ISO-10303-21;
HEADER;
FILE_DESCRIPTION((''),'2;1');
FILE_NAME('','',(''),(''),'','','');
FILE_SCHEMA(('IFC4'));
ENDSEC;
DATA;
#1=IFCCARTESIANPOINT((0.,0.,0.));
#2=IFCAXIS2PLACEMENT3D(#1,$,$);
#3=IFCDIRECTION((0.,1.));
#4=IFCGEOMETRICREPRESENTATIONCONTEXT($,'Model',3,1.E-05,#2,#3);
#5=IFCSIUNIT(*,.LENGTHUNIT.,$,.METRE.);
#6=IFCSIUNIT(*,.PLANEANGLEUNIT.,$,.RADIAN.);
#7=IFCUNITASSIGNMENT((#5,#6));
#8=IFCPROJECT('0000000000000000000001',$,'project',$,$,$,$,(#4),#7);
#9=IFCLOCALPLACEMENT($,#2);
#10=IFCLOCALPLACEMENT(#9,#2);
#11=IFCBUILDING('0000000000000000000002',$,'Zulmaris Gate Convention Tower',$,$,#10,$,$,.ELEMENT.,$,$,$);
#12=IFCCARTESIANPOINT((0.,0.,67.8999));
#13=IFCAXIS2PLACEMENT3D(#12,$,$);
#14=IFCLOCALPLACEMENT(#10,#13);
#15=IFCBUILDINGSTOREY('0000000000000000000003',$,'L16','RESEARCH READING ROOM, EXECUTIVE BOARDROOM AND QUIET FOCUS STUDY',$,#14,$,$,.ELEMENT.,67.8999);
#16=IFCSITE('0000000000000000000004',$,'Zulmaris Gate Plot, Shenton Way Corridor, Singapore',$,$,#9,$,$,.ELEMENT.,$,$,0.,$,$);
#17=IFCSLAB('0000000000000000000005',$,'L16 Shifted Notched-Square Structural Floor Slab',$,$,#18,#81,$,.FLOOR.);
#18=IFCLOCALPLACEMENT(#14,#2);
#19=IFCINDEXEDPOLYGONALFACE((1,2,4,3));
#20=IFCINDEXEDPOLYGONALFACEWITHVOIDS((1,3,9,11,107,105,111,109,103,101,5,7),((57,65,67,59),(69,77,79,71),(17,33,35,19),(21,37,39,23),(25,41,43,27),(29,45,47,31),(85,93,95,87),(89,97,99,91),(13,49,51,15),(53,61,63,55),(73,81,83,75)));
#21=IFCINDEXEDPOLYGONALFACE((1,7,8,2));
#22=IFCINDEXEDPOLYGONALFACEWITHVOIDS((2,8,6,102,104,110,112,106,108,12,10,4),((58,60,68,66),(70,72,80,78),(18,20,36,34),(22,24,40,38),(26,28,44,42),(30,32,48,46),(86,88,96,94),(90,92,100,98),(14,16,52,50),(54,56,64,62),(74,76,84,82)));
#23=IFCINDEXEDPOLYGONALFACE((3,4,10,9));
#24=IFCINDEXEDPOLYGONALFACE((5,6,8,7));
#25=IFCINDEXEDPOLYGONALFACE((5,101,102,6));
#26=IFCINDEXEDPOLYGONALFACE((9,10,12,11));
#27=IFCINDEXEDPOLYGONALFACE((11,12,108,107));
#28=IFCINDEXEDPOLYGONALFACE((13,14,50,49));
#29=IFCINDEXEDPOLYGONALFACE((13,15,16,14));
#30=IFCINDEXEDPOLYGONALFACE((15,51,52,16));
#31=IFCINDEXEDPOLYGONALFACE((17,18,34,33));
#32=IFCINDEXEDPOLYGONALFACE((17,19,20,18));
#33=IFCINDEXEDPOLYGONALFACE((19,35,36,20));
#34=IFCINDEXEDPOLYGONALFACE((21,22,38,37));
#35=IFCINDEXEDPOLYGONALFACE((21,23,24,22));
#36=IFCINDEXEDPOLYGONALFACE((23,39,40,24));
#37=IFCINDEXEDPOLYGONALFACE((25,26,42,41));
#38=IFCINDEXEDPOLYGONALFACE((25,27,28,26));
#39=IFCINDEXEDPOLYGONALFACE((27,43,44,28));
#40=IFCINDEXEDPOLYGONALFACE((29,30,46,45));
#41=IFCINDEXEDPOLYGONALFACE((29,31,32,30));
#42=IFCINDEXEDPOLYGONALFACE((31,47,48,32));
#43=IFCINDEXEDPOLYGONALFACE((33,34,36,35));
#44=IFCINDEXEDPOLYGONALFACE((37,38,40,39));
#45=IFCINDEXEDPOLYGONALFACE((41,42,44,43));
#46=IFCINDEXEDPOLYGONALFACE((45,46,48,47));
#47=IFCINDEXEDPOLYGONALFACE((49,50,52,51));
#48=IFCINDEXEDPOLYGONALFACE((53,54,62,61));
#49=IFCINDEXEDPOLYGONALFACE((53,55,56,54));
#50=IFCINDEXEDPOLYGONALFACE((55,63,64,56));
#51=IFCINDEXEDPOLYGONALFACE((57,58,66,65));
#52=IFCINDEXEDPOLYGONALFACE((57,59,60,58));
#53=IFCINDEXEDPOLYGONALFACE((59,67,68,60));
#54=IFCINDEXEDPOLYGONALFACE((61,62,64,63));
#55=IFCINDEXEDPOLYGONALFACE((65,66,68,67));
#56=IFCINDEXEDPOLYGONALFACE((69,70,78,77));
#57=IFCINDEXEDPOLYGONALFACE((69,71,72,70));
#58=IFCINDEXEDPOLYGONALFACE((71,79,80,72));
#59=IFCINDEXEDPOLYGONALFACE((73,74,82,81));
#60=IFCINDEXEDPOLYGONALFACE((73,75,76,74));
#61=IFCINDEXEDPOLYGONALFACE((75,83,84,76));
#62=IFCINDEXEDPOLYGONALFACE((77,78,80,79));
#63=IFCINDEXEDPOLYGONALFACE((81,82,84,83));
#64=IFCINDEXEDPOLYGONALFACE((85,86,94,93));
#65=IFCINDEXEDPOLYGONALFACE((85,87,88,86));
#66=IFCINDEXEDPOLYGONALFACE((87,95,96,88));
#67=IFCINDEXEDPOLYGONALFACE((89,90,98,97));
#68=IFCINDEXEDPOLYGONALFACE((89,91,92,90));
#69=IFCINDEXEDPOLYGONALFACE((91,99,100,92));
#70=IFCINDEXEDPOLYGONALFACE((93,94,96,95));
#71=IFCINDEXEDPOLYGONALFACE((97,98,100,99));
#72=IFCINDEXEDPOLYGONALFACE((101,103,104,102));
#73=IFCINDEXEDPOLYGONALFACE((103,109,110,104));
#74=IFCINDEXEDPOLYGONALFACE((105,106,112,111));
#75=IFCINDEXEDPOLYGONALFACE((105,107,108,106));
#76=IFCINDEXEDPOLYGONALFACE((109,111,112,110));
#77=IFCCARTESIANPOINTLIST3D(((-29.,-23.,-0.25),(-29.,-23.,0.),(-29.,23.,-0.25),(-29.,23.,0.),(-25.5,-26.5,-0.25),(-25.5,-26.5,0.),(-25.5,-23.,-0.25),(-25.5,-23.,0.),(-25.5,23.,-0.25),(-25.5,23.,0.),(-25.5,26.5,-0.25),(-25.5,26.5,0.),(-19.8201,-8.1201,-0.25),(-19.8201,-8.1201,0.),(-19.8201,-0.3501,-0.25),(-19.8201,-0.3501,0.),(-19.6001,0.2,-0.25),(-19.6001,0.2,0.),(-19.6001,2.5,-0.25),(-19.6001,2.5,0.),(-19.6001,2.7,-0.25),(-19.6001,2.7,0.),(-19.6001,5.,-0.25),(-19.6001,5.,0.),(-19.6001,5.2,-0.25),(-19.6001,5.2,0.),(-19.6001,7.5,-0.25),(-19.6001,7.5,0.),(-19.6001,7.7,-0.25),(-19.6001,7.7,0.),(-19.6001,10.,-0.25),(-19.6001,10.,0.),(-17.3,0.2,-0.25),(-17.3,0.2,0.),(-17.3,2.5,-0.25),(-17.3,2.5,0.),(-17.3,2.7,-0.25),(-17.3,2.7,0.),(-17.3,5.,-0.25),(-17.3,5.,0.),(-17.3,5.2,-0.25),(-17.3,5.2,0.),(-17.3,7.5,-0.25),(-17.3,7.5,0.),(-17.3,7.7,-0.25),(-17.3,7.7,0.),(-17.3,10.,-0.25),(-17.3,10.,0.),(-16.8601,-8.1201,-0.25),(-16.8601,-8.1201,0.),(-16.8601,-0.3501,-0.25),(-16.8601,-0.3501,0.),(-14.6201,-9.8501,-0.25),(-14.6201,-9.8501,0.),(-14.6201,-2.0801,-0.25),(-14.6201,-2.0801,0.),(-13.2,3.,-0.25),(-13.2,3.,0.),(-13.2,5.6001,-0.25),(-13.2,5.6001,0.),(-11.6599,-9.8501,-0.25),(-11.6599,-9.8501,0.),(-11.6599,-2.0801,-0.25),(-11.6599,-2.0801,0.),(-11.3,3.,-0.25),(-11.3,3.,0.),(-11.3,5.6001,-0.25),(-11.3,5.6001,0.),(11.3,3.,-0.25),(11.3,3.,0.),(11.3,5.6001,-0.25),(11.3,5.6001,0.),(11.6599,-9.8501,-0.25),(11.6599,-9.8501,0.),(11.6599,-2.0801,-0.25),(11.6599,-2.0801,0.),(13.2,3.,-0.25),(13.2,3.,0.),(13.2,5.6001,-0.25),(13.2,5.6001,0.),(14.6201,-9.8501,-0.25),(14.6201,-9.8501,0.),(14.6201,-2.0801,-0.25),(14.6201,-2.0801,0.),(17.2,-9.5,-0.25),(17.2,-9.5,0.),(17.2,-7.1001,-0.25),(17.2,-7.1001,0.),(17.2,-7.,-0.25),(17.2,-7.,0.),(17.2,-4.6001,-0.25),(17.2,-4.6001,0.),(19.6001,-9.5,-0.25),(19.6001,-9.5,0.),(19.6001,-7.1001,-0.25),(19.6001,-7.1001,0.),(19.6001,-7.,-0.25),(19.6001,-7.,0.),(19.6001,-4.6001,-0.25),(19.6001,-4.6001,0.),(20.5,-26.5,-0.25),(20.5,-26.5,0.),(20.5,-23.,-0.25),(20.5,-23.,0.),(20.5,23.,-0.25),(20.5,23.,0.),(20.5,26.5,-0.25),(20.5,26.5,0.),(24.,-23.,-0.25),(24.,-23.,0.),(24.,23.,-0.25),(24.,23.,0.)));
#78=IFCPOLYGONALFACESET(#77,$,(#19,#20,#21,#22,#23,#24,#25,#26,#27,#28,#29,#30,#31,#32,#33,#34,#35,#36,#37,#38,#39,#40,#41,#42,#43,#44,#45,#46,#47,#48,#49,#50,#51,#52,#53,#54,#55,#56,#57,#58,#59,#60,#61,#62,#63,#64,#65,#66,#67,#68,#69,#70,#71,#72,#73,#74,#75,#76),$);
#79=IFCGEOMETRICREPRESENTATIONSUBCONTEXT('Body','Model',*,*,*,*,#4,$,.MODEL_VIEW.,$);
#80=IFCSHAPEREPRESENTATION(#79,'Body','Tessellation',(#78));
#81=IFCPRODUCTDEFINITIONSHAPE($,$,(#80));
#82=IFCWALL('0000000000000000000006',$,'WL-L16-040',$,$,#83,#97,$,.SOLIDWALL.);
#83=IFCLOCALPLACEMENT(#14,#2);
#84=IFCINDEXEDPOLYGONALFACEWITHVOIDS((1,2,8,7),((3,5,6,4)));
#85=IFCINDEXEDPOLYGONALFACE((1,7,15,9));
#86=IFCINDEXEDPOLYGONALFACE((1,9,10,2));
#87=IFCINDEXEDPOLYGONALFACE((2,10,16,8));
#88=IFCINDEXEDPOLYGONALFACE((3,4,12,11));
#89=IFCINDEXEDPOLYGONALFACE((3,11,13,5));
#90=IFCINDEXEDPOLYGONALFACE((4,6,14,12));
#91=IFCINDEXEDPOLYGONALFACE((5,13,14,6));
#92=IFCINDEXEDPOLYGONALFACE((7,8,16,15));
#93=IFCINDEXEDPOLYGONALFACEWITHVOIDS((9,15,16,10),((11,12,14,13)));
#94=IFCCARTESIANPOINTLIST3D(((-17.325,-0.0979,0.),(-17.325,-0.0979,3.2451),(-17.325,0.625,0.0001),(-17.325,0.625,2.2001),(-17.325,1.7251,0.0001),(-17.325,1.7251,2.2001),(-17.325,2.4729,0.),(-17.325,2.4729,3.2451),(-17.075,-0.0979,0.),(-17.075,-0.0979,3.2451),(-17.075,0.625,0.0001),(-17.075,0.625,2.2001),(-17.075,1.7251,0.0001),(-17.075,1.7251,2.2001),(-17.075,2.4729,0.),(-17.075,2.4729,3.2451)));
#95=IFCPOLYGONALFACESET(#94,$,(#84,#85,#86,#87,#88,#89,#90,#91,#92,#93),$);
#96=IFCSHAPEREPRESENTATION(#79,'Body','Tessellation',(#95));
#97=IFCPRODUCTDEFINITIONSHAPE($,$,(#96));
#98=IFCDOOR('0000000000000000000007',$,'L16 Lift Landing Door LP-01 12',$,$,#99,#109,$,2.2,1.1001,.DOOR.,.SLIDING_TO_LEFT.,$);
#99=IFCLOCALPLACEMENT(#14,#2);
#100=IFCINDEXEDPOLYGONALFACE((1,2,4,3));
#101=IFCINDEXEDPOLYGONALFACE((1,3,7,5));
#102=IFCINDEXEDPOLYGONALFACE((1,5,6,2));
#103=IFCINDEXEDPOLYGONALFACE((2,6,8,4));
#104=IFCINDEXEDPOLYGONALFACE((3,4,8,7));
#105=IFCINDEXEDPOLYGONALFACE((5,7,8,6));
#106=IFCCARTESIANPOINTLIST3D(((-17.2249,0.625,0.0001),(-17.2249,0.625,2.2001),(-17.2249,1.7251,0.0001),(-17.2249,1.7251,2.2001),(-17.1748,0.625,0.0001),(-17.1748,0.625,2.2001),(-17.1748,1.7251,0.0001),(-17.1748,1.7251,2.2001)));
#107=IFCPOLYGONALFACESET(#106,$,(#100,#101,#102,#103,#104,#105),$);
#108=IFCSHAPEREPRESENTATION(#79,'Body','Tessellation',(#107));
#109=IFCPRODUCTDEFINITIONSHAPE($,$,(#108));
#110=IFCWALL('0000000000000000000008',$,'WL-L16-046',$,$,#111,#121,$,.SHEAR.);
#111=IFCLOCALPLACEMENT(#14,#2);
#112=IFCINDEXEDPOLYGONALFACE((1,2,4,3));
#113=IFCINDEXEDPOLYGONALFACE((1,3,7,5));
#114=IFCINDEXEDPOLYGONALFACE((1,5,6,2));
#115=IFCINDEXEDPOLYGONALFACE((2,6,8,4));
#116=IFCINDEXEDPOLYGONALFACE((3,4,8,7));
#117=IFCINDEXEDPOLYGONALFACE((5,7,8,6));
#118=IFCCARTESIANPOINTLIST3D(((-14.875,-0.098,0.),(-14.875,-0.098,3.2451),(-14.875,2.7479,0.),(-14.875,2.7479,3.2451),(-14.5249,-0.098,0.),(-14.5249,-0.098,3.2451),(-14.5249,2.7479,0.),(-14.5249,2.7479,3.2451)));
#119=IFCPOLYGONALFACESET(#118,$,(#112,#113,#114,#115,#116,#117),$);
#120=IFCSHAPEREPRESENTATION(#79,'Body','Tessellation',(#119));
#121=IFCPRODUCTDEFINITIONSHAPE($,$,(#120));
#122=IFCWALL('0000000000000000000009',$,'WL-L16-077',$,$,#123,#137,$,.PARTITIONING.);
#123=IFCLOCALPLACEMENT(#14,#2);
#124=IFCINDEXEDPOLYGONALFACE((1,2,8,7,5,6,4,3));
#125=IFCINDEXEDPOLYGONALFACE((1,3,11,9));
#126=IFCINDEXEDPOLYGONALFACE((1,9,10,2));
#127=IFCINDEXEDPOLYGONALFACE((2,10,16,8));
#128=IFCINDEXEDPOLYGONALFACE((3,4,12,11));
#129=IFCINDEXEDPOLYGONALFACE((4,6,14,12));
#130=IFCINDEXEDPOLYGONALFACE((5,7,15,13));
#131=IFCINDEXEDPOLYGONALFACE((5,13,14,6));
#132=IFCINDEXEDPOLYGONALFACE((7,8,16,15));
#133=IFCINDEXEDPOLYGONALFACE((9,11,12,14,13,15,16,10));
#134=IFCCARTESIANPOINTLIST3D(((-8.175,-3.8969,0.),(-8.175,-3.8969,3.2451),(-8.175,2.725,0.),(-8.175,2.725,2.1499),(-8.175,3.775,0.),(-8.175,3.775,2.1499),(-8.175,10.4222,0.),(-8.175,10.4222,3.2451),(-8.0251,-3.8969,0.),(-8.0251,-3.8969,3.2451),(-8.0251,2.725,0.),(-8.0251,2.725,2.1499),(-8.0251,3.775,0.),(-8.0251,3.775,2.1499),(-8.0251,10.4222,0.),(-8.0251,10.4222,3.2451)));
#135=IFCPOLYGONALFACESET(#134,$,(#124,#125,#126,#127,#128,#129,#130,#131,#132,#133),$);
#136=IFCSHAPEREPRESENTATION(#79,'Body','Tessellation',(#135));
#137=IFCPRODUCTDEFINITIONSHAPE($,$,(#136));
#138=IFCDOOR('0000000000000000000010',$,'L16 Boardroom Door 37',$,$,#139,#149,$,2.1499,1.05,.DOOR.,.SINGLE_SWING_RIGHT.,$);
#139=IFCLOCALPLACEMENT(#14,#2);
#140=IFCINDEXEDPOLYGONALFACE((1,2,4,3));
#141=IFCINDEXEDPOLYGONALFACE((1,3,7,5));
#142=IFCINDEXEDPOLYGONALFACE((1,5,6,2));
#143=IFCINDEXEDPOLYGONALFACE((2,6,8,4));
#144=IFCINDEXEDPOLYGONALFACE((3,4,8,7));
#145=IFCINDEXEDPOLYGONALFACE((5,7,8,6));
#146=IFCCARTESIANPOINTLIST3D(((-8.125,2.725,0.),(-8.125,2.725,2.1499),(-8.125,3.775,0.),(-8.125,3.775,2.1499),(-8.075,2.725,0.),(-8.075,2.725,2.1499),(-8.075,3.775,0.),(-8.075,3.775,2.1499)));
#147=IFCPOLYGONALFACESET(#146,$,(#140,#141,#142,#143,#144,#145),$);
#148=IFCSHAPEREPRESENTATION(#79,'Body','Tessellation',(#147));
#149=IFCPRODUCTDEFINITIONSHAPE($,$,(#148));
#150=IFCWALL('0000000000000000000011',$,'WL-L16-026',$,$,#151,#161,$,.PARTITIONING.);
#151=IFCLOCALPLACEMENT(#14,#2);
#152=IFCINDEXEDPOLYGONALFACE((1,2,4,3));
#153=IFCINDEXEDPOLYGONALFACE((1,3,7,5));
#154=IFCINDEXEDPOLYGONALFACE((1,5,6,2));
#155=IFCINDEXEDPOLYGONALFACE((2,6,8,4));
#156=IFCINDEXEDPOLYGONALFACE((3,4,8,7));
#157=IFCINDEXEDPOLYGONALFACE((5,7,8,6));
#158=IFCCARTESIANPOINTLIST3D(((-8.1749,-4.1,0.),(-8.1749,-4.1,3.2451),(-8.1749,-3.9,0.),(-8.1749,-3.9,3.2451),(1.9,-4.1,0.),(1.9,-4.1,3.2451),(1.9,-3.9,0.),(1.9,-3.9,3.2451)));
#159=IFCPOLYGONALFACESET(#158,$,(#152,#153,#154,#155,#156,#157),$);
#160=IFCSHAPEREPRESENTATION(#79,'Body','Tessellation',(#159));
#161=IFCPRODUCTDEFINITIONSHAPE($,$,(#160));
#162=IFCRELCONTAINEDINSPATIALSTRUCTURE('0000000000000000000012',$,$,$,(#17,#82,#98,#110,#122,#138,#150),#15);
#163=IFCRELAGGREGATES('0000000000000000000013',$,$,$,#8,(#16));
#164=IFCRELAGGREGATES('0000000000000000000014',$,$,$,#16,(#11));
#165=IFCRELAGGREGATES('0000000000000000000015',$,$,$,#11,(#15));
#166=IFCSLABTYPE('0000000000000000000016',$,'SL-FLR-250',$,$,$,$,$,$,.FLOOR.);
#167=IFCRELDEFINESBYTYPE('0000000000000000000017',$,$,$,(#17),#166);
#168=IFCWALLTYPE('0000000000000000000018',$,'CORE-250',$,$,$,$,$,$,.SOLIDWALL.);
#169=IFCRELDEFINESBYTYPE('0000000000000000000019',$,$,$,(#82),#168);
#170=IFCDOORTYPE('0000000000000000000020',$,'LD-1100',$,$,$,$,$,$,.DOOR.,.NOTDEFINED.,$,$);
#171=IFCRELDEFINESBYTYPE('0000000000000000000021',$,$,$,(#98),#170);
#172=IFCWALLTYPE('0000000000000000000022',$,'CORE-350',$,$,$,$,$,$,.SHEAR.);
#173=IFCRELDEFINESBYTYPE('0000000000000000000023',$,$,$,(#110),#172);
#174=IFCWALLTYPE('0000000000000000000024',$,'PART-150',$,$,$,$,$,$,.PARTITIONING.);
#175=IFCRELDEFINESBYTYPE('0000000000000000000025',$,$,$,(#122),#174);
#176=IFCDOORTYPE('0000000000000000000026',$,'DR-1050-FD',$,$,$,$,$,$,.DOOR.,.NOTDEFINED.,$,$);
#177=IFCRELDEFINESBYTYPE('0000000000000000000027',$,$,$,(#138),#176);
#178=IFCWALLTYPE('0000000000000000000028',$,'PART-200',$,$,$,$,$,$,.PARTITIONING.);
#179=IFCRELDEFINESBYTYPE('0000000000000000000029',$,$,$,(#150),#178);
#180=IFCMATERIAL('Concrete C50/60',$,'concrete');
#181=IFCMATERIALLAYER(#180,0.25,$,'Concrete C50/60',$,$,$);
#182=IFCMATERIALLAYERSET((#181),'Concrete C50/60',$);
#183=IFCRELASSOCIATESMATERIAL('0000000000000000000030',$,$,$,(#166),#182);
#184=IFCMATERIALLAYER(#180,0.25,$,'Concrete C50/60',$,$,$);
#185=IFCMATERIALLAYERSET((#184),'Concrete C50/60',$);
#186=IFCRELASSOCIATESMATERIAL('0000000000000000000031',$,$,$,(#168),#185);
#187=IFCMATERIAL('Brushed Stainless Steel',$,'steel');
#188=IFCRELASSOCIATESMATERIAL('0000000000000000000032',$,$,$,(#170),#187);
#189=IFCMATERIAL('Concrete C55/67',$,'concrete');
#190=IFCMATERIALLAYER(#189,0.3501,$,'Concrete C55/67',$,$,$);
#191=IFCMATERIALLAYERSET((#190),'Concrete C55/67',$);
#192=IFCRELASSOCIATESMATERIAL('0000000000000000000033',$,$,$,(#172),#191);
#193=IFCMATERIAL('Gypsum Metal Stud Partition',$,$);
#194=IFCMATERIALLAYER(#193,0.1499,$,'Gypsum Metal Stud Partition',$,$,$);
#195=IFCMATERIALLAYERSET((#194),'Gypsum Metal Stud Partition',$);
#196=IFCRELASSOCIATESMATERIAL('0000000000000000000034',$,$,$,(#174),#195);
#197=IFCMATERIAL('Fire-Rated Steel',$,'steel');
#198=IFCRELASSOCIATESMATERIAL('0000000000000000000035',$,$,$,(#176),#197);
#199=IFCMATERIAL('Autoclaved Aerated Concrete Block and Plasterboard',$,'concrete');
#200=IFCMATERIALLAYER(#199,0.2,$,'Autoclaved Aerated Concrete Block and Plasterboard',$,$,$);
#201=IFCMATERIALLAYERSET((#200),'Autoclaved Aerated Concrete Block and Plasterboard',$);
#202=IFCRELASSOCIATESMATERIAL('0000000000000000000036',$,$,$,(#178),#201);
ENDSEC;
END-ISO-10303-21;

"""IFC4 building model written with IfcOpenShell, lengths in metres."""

from ifc_helpers import new_model, si_unit, direction, frame, frame_2d, origin, place, context, subcontext, project, spatial, polyline, rectangle, outline, extrude, material, layer, layer_set, type_object, element, fill, save


model = new_model("IFC4")

# Units and contexts
model_context = context("Model", 3, precision=1e-05, world=origin(), true_north=direction((0.0, 1.0)))
body_context = subcontext(model_context, "Body", "Model", "MODEL_VIEW")
ifc_project = project(units=[si_unit("LENGTHUNIT", "METRE"), si_unit("PLANEANGLEUNIT", "RADIAN")], contexts=[model_context])

# Site, building, storey
site_placement = place(None, origin())
site = spatial("IfcSite", under=ifc_project, at=site_placement, Name="Zulmaris Gate Plot, Shenton Way Corridor, Singapore", CompositionType="ELEMENT", RefElevation=0.0)
building_placement = place(site_placement, origin())
building = spatial("IfcBuilding", under=site, at=building_placement, Name="Zulmaris Gate Convention Tower", CompositionType="ELEMENT")
storey_placement = place(building_placement, frame((0.0, 0.0, 67.8999)))
storey = spatial("IfcBuildingStorey", under=building, at=storey_placement, Name="L16", Description="RESEARCH READING ROOM, EXECUTIVE BOARDROOM AND QUIET FOCUS STUDY", CompositionType="ELEMENT", Elevation=67.8999)

# Slab
ifc_material_1 = material(Name="Concrete C50/60", Category="concrete")
ifc_layer_1 = layer(ifc_material_1, 0.25, Name="Concrete C50/60")
ifc_layer_set_1 = layer_set([ifc_layer_1], Name="Concrete C50/60")
slab_type_1 = type_object("IfcSlabType", Name="SL-FLR-250", PredefinedType="FLOOR", material=ifc_layer_set_1)
slab_1_placement = place(storey_placement, frame((0.0, 0.0, -0.25)))
element("IfcSlab", 1, at=slab_1_placement, inside=storey, type_object=slab_type_1, Name="L16 Shifted Notched-Square Structural Floor Slab", PredefinedType="FLOOR", context=body_context, shape_type="SweptSolid", body=[
    extrude(outline(polyline([(-25.5, -26.5), (20.5, -26.5), (20.5, -23.0), (24.0, -23.0), (24.0, 23.0), (20.5, 23.0), (20.5, 26.5), (-25.5, 26.5), (-25.5, 23.0), (-29.0, 23.0), (-29.0, -23.0), (-25.5, -23.0), (-25.5, -26.5)]), holes=[polyline([(-14.6201, -2.0801), (-14.6201, -9.8501), (-11.6599, -9.8501), (-11.6599, -2.0801), (-14.6201, -2.0801)]), polyline([(11.6599, -2.0801), (11.6599, -9.8501), (14.6201, -9.8501), (14.6201, -2.0801), (11.6599, -2.0801)]), polyline([(-16.8601, -8.1201), (-16.8601, -0.3501), (-19.8201, -0.3501), (-19.8201, -8.1201), (-16.8601, -8.1201)]), polyline([(-13.2, 3.0), (-11.3, 3.0), (-11.3, 5.6001), (-13.2, 5.6001), (-13.2, 3.0)]), polyline([(11.3, 3.0), (13.2, 3.0), (13.2, 5.6001), (11.3, 5.6001), (11.3, 3.0)]), polyline([(-19.6001, 0.2), (-17.3, 0.2), (-17.3, 2.5), (-19.6001, 2.5), (-19.6001, 0.2)]), polyline([(-19.6001, 2.7), (-17.3, 2.7), (-17.3, 5.0), (-19.6001, 5.0), (-19.6001, 2.7)]), polyline([(-19.6001, 5.2), (-17.3, 5.2), (-17.3, 7.5), (-19.6001, 7.5), (-19.6001, 5.2)]), polyline([(-19.6001, 7.7), (-17.3, 7.7), (-17.3, 10.0), (-19.6001, 10.0), (-19.6001, 7.7)]), polyline([(17.2, -9.5), (19.6001, -9.5), (19.6001, -7.1001), (17.2, -7.1001), (17.2, -9.5)]), polyline([(17.2, -7.0), (19.6001, -7.0), (19.6001, -4.6001), (17.2, -4.6001), (17.2, -7.0)])]), origin(), (0.0, 0.0, 1.0), 0.25),
])

# Wall, opening, door
ifc_layer_2 = layer(ifc_material_1, 0.25, Name="Concrete C50/60")
ifc_layer_set_2 = layer_set([ifc_layer_2], Name="Concrete C50/60")
wall_type_1 = type_object("IfcWallType", Name="CORE-250", PredefinedType="SOLIDWALL", material=ifc_layer_set_2)
wall_1_placement = place(storey_placement, frame((-17.2, -0.0979, 0.0), z_axis=(0.0, 0.0, 1.0), x_axis=(0.0, 1.0, 0.0)))
wall_1 = element("IfcWall", 2, at=wall_1_placement, inside=storey, type_object=wall_type_1, Name="WL-L16-040", PredefinedType="SOLIDWALL", context=body_context, shape_type="SweptSolid", body=[
    extrude(rectangle(XDim=2.5708, YDim=0.25, at=frame_2d((1.2854, 0.0))), origin(), (0.0, 0.0, 1.0), 3.2451),
])
opening_1_placement = place(wall_1_placement, frame((0.7229, 0.0, 0.0)))
opening_1 = element("IfcOpeningElement", 3, at=opening_1_placement, cuts=wall_1, PredefinedType="OPENING", context=body_context, shape_type="SweptSolid", body=[
    extrude(rectangle(XDim=1.1001, YDim=2.2, at=frame_2d((0.55, 1.1001))), frame((0.0, 0.135, 0.0), z_axis=(0.0, -1.0, 0.0), x_axis=(1.0, 0.0, 0.0)), (0.0, 0.0, 1.0), 0.27),
])
ifc_material_2 = material(Name="Brushed Stainless Steel", Category="steel")
door_type_1 = type_object("IfcDoorType", Name="LD-1100", OperationType="NOTDEFINED", PredefinedType="DOOR", material=ifc_material_2)
door_1_placement = place(opening_1_placement, origin())
door_1 = element("IfcDoor", 4, at=door_1_placement, inside=storey, type_object=door_type_1, Name="L16 Lift Landing Door LP-01 12", OperationType="SLIDING_TO_LEFT", OverallHeight=2.2, OverallWidth=1.1001, PredefinedType="DOOR", context=body_context, shape_type="SweptSolid", body=[
    extrude(rectangle(XDim=1.1001, YDim=2.2, at=frame_2d((0.55, 1.1001))), frame((0.0, 0.0249, 0.0), z_axis=(0.0, -1.0, 0.0), x_axis=(1.0, 0.0, 0.0)), (0.0, 0.0, 1.0), 0.05),
])
fill(opening_1, door_1)

# Wall
ifc_material_3 = material(Name="Concrete C55/67", Category="concrete")
ifc_layer_3 = layer(ifc_material_3, 0.3501, Name="Concrete C55/67")
ifc_layer_set_3 = layer_set([ifc_layer_3], Name="Concrete C55/67")
wall_type_2 = type_object("IfcWallType", Name="CORE-350", PredefinedType="SHEAR", material=ifc_layer_set_3)
wall_2_placement = place(storey_placement, frame((-14.7, -0.0979, 0.0), z_axis=(0.0, 0.0, 1.0), x_axis=(0.0, 1.0, 0.0)))
element("IfcWall", 5, at=wall_2_placement, inside=storey, type_object=wall_type_2, Name="WL-L16-046", PredefinedType="SHEAR", context=body_context, shape_type="SweptSolid", body=[
    extrude(rectangle(XDim=2.8459, YDim=0.3501, at=frame_2d((1.4229, 0.0))), origin(), (0.0, 0.0, 1.0), 3.2451),
])

# Wall, opening, door
ifc_material_4 = material(Name="Gypsum Metal Stud Partition")
ifc_layer_4 = layer(ifc_material_4, 0.1499, Name="Gypsum Metal Stud Partition")
ifc_layer_set_4 = layer_set([ifc_layer_4], Name="Gypsum Metal Stud Partition")
wall_type_3 = type_object("IfcWallType", Name="PART-150", PredefinedType="PARTITIONING", material=ifc_layer_set_4)
wall_3_placement = place(storey_placement, frame((-8.1001, -3.897, 0.0), z_axis=(0.0, 0.0, 1.0), x_axis=(0.0, 1.0, 0.0)))
wall_3 = element("IfcWall", 6, at=wall_3_placement, inside=storey, type_object=wall_type_3, Name="WL-L16-077", PredefinedType="PARTITIONING", context=body_context, shape_type="SweptSolid", body=[
    extrude(rectangle(XDim=14.3191, YDim=0.1499, at=frame_2d((7.1597, 0.0))), origin(), (0.0, 0.0, 1.0), 3.2451),
])
opening_2_placement = place(wall_3_placement, frame((6.6221, 0.0, 0.0)))
opening_2 = element("IfcOpeningElement", 7, at=opening_2_placement, cuts=wall_3, PredefinedType="OPENING", context=body_context, shape_type="SweptSolid", body=[
    extrude(rectangle(XDim=1.05, YDim=2.1499, at=frame_2d((0.5249, 1.075))), frame((0.0, 0.085, 0.0), z_axis=(0.0, -1.0, 0.0), x_axis=(1.0, 0.0, 0.0)), (0.0, 0.0, 1.0), 0.1699),
])
ifc_material_5 = material(Name="Fire-Rated Steel", Category="steel")
door_type_2 = type_object("IfcDoorType", Name="DR-1050-FD", OperationType="NOTDEFINED", PredefinedType="DOOR", material=ifc_material_5)
door_2_placement = place(opening_2_placement, origin())
door_2 = element("IfcDoor", 8, at=door_2_placement, inside=storey, type_object=door_type_2, Name="L16 Boardroom Door 37", OperationType="SINGLE_SWING_RIGHT", OverallHeight=2.1499, OverallWidth=1.05, PredefinedType="DOOR", context=body_context, shape_type="SweptSolid", body=[
    extrude(rectangle(XDim=1.05, YDim=2.1499, at=frame_2d((0.5249, 1.075))), frame((0.0, 0.0249, 0.0), z_axis=(0.0, -1.0, 0.0), x_axis=(1.0, 0.0, 0.0)), (0.0, 0.0, 1.0), 0.05),
])
fill(opening_2, door_2)

# Wall
ifc_material_6 = material(Name="Autoclaved Aerated Concrete Block and Plasterboard", Category="concrete")
ifc_layer_5 = layer(ifc_material_6, 0.2, Name="Autoclaved Aerated Concrete Block and Plasterboard")
ifc_layer_set_5 = layer_set([ifc_layer_5], Name="Autoclaved Aerated Concrete Block and Plasterboard")
wall_type_4 = type_object("IfcWallType", Name="PART-200", PredefinedType="PARTITIONING", material=ifc_layer_set_5)
wall_4_placement = place(storey_placement, frame((-8.175, -4.0, 0.0), z_axis=(0.0, 0.0, 1.0), x_axis=(1.0, 0.0, 0.0)))
element("IfcWall", 9, at=wall_4_placement, inside=storey, type_object=wall_type_4, Name="WL-L16-026", PredefinedType="PARTITIONING", context=body_context, shape_type="SweptSolid", body=[
    extrude(rectangle(XDim=10.075, YDim=0.2, at=frame_2d((5.0376, 0.0))), origin(), (0.0, 0.0, 1.0), 3.2451),
])

save(model, "model.ifc")
